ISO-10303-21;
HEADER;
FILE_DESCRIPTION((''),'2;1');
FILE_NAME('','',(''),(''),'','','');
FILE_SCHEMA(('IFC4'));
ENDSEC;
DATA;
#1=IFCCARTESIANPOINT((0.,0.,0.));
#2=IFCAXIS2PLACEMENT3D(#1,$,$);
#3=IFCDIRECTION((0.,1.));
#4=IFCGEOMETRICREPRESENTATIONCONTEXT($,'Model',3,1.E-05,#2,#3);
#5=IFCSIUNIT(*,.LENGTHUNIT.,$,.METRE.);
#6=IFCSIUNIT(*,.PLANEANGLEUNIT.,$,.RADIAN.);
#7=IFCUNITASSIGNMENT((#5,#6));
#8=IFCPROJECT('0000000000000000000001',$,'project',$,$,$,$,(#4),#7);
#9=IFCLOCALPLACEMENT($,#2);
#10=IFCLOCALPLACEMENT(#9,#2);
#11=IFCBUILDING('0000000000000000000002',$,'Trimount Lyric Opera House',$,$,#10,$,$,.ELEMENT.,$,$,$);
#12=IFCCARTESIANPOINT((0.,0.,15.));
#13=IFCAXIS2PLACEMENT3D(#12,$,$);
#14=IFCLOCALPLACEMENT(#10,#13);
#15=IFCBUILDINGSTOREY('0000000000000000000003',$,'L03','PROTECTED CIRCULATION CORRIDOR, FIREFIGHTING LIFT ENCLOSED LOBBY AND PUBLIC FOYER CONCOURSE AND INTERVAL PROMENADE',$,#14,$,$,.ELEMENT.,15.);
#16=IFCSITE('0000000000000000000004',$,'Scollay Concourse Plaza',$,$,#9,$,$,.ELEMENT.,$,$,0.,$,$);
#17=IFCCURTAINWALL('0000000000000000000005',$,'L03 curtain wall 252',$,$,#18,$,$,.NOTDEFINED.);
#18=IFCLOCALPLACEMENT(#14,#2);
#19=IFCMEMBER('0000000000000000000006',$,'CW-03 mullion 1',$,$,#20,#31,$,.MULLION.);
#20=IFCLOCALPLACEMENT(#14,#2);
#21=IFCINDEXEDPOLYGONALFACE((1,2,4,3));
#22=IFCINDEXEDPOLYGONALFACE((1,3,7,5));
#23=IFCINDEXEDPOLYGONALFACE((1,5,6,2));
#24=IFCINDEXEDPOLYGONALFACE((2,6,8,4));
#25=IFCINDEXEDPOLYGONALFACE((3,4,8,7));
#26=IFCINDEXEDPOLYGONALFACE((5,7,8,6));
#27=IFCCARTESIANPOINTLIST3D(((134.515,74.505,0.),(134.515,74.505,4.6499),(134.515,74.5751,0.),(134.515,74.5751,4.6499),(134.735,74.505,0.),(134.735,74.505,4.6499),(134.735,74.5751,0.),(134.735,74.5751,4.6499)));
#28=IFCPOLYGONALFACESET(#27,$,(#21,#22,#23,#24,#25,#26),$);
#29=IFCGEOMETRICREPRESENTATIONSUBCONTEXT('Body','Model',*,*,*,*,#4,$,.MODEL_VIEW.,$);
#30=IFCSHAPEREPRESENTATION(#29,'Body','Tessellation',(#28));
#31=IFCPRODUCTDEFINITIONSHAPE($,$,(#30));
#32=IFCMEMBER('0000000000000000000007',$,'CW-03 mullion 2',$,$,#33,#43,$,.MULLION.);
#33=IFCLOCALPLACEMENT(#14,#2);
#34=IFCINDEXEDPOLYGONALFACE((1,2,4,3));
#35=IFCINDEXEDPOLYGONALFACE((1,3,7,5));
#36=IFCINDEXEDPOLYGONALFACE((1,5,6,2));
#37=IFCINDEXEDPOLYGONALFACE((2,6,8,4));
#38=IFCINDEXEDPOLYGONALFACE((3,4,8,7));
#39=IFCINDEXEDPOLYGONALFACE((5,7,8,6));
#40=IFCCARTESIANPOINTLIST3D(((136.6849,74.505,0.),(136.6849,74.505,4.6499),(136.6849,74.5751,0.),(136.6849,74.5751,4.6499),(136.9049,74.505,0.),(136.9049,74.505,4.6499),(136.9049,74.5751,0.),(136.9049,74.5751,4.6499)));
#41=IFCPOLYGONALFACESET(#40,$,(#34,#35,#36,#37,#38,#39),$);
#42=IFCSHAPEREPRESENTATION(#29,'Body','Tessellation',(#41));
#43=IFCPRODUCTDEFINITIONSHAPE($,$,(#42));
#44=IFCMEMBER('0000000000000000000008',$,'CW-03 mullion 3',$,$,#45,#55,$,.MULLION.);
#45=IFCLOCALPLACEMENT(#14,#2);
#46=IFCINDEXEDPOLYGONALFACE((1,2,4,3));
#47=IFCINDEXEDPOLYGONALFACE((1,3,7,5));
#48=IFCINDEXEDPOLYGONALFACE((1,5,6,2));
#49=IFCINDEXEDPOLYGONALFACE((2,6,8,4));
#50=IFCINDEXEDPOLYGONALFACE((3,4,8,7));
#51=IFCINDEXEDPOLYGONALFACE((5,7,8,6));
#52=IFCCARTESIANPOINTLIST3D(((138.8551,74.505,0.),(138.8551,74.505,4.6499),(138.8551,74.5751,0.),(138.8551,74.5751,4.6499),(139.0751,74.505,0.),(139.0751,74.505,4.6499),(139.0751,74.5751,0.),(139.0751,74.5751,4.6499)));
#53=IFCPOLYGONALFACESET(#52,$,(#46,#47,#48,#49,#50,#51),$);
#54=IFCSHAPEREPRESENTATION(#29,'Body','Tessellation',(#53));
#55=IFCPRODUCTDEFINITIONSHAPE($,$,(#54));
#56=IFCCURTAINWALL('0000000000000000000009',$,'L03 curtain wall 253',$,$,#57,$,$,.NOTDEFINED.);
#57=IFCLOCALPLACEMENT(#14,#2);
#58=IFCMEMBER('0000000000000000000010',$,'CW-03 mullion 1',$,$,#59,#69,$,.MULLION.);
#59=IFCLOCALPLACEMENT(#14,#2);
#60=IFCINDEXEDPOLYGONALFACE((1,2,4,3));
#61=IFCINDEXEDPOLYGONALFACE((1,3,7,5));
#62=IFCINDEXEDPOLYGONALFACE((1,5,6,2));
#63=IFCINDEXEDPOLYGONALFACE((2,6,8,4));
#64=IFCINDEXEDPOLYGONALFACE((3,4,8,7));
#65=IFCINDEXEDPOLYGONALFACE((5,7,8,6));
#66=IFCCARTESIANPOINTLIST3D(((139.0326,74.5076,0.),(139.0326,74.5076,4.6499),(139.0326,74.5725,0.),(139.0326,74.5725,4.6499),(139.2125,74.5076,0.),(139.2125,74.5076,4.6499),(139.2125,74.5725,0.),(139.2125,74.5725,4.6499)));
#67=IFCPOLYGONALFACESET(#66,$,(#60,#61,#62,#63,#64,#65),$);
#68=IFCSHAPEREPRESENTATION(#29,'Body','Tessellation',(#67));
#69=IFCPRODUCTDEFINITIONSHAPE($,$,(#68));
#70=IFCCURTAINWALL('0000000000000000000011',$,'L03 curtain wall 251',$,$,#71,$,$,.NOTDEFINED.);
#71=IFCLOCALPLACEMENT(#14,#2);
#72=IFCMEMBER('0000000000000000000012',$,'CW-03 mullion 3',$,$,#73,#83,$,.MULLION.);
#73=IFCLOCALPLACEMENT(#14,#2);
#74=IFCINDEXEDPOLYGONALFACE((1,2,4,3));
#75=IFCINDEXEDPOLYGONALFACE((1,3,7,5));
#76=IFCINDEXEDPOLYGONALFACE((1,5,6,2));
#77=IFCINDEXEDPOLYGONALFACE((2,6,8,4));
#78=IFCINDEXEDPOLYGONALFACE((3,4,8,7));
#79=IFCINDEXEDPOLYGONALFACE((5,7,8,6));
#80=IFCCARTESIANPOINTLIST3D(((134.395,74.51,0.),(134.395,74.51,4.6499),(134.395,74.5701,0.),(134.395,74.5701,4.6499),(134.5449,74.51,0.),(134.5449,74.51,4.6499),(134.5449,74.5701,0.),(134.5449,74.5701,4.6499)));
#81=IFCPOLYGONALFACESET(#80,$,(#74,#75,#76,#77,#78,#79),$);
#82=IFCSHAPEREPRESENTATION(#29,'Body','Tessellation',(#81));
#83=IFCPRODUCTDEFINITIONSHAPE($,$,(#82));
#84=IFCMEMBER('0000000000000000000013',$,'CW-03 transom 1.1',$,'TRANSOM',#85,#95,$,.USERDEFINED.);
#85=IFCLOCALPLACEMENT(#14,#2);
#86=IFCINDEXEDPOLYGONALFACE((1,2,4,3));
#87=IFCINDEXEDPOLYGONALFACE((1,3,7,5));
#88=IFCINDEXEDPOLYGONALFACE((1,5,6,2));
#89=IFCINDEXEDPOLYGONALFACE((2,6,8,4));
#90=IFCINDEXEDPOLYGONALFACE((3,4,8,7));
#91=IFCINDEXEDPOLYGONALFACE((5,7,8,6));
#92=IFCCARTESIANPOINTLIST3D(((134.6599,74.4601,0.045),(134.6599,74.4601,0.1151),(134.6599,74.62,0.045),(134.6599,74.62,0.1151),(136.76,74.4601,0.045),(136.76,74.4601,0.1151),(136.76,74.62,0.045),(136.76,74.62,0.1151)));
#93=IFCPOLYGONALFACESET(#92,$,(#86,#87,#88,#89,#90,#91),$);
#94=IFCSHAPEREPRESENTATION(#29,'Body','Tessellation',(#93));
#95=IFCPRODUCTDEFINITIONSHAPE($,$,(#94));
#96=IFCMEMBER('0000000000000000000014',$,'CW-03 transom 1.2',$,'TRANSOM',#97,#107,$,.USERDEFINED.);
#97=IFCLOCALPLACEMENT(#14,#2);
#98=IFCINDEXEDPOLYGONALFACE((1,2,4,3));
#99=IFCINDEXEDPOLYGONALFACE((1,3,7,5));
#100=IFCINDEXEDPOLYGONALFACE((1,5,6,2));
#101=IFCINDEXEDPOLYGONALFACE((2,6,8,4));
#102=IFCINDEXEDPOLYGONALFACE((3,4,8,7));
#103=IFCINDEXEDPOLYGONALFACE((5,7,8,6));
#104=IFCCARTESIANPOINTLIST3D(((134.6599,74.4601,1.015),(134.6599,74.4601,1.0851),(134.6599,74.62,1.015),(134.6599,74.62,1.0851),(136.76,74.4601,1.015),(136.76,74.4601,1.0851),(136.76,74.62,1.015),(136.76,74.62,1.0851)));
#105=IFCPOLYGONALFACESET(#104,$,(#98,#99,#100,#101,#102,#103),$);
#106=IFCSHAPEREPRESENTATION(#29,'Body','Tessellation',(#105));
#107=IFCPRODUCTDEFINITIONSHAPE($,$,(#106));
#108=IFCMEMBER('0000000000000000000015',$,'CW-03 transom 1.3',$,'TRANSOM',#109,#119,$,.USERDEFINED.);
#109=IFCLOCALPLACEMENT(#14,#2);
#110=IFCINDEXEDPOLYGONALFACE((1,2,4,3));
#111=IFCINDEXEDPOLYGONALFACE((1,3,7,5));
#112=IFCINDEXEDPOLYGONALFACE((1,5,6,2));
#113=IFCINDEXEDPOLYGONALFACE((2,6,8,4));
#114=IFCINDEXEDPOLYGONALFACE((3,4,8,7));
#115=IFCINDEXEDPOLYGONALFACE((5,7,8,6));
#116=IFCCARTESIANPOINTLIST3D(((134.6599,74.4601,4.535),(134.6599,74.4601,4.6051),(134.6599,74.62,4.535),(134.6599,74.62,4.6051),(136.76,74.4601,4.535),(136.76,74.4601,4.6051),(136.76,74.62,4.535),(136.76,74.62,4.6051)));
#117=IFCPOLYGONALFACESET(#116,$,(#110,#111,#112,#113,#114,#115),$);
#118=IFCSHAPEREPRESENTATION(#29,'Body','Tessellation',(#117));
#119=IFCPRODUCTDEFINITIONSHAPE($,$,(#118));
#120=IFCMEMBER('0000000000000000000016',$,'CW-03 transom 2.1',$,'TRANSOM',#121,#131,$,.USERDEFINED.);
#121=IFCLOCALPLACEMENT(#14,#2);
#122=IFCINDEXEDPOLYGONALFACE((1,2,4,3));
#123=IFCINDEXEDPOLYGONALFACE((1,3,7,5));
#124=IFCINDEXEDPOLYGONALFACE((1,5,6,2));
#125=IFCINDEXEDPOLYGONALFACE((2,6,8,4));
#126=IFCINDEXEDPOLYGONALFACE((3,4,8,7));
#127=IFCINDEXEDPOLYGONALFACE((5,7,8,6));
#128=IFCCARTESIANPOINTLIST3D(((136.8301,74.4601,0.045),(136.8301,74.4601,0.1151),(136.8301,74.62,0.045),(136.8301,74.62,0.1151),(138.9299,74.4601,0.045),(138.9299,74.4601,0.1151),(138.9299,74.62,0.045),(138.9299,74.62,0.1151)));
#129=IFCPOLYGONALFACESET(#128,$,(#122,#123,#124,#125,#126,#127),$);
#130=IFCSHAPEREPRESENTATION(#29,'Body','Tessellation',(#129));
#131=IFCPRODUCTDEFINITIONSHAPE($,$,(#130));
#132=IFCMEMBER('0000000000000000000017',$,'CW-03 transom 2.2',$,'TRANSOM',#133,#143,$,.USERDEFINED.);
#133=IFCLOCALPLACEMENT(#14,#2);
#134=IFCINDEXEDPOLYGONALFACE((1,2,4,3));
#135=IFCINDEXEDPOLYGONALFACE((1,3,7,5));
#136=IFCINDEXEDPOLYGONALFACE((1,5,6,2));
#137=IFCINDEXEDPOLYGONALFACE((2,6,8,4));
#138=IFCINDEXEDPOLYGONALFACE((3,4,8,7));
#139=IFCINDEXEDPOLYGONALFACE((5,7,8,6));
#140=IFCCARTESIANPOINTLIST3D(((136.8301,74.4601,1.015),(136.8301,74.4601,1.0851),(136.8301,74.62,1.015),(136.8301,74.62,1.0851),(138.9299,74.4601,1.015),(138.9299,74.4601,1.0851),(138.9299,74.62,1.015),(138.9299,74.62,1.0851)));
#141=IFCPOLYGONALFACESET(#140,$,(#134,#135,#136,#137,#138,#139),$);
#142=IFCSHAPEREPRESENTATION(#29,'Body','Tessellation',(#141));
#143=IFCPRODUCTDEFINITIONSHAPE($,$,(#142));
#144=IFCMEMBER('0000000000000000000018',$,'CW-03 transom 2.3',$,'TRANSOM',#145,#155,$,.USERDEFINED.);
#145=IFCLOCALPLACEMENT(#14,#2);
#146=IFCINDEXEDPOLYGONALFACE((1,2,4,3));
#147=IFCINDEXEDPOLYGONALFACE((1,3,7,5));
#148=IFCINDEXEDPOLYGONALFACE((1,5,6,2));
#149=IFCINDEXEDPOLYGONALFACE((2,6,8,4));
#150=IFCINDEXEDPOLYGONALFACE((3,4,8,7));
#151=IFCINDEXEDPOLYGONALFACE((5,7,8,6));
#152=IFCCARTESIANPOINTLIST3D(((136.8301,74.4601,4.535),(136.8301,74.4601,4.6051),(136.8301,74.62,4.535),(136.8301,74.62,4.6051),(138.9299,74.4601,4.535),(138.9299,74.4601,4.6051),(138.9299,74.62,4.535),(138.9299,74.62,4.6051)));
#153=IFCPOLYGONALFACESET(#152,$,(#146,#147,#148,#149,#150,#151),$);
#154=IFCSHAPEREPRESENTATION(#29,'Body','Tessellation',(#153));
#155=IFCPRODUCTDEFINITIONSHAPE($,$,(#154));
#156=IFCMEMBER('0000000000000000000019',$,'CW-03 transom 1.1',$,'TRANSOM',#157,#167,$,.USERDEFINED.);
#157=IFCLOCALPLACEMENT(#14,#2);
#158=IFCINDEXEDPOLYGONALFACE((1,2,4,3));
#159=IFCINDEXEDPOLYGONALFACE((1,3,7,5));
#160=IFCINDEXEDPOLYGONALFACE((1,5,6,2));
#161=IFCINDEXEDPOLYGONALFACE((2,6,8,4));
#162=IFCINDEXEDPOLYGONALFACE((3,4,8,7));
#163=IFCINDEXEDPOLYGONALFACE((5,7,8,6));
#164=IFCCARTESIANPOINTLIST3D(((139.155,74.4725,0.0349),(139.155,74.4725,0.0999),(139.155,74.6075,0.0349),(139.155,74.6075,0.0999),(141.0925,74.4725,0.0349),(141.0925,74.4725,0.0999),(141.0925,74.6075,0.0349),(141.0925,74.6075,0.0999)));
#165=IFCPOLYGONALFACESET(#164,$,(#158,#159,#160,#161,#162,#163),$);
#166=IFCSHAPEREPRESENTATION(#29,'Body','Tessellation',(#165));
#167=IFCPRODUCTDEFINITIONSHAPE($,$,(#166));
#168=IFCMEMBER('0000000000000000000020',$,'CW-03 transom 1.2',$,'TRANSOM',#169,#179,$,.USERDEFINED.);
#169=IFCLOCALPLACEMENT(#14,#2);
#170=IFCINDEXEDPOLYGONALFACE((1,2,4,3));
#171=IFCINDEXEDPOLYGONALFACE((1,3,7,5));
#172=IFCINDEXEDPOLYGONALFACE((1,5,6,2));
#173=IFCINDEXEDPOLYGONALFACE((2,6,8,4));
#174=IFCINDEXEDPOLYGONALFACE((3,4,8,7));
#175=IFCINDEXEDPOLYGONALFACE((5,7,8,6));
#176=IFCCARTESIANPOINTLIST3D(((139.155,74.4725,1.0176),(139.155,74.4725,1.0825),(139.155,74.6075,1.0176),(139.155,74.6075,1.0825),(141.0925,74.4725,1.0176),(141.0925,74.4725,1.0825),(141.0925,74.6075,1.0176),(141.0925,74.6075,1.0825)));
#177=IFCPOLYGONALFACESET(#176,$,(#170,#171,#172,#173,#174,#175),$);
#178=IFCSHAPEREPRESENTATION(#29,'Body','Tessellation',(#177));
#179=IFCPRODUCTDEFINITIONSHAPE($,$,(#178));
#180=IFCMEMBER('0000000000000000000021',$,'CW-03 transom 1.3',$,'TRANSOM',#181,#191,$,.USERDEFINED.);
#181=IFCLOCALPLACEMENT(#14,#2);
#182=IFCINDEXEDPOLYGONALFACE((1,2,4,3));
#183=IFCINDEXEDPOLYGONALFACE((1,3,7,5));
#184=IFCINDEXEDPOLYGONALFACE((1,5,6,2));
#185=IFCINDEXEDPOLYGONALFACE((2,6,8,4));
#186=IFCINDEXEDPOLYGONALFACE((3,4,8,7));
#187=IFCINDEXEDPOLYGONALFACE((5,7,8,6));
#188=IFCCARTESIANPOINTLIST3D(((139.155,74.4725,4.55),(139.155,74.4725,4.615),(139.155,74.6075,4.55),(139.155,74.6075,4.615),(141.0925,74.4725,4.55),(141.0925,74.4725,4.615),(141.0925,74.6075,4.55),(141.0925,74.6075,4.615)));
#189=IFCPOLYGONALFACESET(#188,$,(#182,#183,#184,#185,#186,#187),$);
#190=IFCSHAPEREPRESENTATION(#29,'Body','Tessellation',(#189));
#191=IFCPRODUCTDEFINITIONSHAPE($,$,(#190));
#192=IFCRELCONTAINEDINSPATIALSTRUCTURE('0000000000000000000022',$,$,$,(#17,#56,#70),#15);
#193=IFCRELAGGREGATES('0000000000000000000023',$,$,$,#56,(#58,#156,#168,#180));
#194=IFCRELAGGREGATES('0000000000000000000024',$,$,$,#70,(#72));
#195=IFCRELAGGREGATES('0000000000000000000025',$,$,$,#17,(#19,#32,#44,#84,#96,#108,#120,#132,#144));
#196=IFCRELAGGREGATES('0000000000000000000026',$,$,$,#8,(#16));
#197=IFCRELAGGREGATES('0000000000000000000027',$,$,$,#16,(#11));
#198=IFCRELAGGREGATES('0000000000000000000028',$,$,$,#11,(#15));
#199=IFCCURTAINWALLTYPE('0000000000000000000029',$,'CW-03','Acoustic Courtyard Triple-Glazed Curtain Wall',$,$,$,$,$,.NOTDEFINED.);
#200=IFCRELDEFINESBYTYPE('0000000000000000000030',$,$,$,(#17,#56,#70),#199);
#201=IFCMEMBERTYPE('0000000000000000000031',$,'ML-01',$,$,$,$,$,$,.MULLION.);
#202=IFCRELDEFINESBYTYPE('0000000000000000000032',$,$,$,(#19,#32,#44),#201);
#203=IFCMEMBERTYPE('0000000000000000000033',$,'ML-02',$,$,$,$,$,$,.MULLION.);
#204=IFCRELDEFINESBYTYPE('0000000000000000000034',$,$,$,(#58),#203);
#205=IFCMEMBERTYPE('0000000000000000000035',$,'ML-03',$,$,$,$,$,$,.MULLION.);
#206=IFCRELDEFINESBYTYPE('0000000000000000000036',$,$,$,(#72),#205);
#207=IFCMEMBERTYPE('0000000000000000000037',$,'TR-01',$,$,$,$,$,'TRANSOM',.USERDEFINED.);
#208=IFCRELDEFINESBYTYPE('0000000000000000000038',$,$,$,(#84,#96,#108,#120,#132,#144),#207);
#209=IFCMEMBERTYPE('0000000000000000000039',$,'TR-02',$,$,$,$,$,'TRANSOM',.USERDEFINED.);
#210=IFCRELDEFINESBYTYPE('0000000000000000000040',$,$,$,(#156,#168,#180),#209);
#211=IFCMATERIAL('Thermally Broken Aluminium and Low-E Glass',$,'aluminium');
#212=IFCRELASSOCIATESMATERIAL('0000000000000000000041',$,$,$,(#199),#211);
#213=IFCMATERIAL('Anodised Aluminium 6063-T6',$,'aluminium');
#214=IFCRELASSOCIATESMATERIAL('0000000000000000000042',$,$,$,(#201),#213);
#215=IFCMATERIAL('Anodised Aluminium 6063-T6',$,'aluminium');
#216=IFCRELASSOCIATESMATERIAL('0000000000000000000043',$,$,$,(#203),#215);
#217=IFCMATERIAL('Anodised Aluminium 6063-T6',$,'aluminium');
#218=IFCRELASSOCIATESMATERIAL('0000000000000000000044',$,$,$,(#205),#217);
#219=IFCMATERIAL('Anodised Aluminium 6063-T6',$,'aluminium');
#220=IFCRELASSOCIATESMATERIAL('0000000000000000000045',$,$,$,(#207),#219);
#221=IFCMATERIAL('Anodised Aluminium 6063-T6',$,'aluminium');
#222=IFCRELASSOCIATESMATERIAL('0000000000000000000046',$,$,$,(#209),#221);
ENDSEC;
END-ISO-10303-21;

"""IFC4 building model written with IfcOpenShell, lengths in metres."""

from ifc_helpers import new_model, si_unit, direction, frame, origin, origin_2d, place, context, subcontext, project, spatial, rectangle, extrude, material, material_profile, profile_set, type_object, element, aggregate, save


model = new_model("IFC4")

# Units and contexts
model_context = context("Model", 3, precision=1e-05, world=origin(), true_north=direction((0.0, 1.0)))
body_context = subcontext(model_context, "Body", "Model", "MODEL_VIEW")
ifc_project = project(units=[si_unit("LENGTHUNIT", "METRE"), si_unit("PLANEANGLEUNIT", "RADIAN")], contexts=[model_context])

# Site, building, storey
site_placement = place(None, origin())
site = spatial("IfcSite", under=ifc_project, at=site_placement, Name="Scollay Concourse Plaza", CompositionType="ELEMENT", RefElevation=0.0)
building_placement = place(site_placement, origin())
building = spatial("IfcBuilding", under=site, at=building_placement, Name="Trimount Lyric Opera House", CompositionType="ELEMENT")
storey_placement = place(building_placement, frame((0.0, 0.0, 15.0)))
storey = spatial("IfcBuildingStorey", under=building, at=storey_placement, Name="L03", Description="PROTECTED CIRCULATION CORRIDOR, FIREFIGHTING LIFT ENCLOSED LOBBY AND PUBLIC FOYER CONCOURSE AND INTERVAL PROMENADE", CompositionType="ELEMENT", Elevation=15.0)

# Curtain wall, members
ifc_material_1 = material(Name="Thermally Broken Aluminium and Low-E Glass", Category="aluminium")
curtain_wall_type = type_object("IfcCurtainWallType", Name="CW-03", Description="Acoustic Courtyard Triple-Glazed Curtain Wall", PredefinedType="NOTDEFINED", material=ifc_material_1)
curtain_wall_1_placement = place(storey_placement, origin())
curtain_wall_1 = element("IfcCurtainWall", 1, at=curtain_wall_1_placement, inside=storey, type_object=curtain_wall_type, Name="L03 curtain wall 252", PredefinedType="NOTDEFINED")
ifc_material_2 = material(Name="Anodised Aluminium 6063-T6", Category="aluminium")
ifc_material_profile_1 = material_profile(ifc_material_2, rectangle(XDim=0.0701, YDim=0.22, at=origin_2d()), Name="ALU-MULL-70X220")
ifc_profile_set_1 = profile_set([ifc_material_profile_1], Name="Anodised Aluminium 6063-T6")
member_type_1 = type_object("IfcMemberType", Name="ML-01", PredefinedType="MULLION", material=ifc_profile_set_1)
member_1_placement = place(storey_placement, frame((134.625, 74.54, 0.0), z_axis=(0.0, 0.0, 1.0), x_axis=(0.0, 1.0, 0.0)))
member_1 = element("IfcMember", 2, at=member_1_placement, type_object=member_type_1, Name="CW-03 mullion 1", PredefinedType="MULLION", context=body_context, shape_type="SweptSolid", body=[
    extrude(rectangle(XDim=0.0701, YDim=0.22, at=origin_2d()), origin(), (0.0, 0.0, 1.0), 4.6499),
])
member_2_placement = place(storey_placement, frame((136.7949, 74.54, 0.0), z_axis=(0.0, 0.0, 1.0), x_axis=(0.0, 1.0, 0.0)))
member_2 = element("IfcMember", 3, at=member_2_placement, type_object=member_type_1, Name="CW-03 mullion 2", PredefinedType="MULLION", context=body_context, shape_type="SweptSolid", body=[
    extrude(rectangle(XDim=0.0701, YDim=0.22, at=origin_2d()), origin(), (0.0, 0.0, 1.0), 4.6499),
])
member_3_placement = place(storey_placement, frame((138.9651, 74.54, 0.0), z_axis=(0.0, 0.0, 1.0), x_axis=(0.0, 1.0, 0.0)))
member_3 = element("IfcMember", 4, at=member_3_placement, type_object=member_type_1, Name="CW-03 mullion 3", PredefinedType="MULLION", context=body_context, shape_type="SweptSolid", body=[
    extrude(rectangle(XDim=0.0701, YDim=0.22, at=origin_2d()), origin(), (0.0, 0.0, 1.0), 4.6499),
])

# Curtain walls, members
curtain_wall_2_placement = place(storey_placement, origin())
curtain_wall_2 = element("IfcCurtainWall", 5, at=curtain_wall_2_placement, inside=storey, type_object=curtain_wall_type, Name="L03 curtain wall 253", PredefinedType="NOTDEFINED")
ifc_material_3 = material(Name="Anodised Aluminium 6063-T6", Category="aluminium")
ifc_material_profile_2 = material_profile(ifc_material_3, rectangle(XDim=0.0649, YDim=0.1799, at=origin_2d()), Name="ALU-MULL-65X180")
ifc_profile_set_2 = profile_set([ifc_material_profile_2], Name="Anodised Aluminium 6063-T6")
member_type_2 = type_object("IfcMemberType", Name="ML-02", PredefinedType="MULLION", material=ifc_profile_set_2)
member_4_placement = place(storey_placement, frame((139.1226, 74.54, 0.0), z_axis=(0.0, 0.0, 1.0), x_axis=(0.0, 1.0, 0.0)))
member_4 = element("IfcMember", 6, at=member_4_placement, type_object=member_type_2, Name="CW-03 mullion 1", PredefinedType="MULLION", context=body_context, shape_type="SweptSolid", body=[
    extrude(rectangle(XDim=0.0649, YDim=0.1799, at=origin_2d()), origin(), (0.0, 0.0, 1.0), 4.6499),
])
curtain_wall_3_placement = place(storey_placement, origin())
curtain_wall_3 = element("IfcCurtainWall", 7, at=curtain_wall_3_placement, inside=storey, type_object=curtain_wall_type, Name="L03 curtain wall 251", PredefinedType="NOTDEFINED")
ifc_material_4 = material(Name="Anodised Aluminium 6063-T6", Category="aluminium")
ifc_material_profile_3 = material_profile(ifc_material_4, rectangle(XDim=0.0601, YDim=0.1499, at=origin_2d()), Name="ALU-MULL-60X150")
ifc_profile_set_3 = profile_set([ifc_material_profile_3], Name="Anodised Aluminium 6063-T6")
member_type_3 = type_object("IfcMemberType", Name="ML-03", PredefinedType="MULLION", material=ifc_profile_set_3)
member_5_placement = place(storey_placement, frame((134.47, 74.54, 0.0), z_axis=(0.0, 0.0, 1.0), x_axis=(0.0, 1.0, 0.0)))
member_5 = element("IfcMember", 8, at=member_5_placement, type_object=member_type_3, Name="CW-03 mullion 3", PredefinedType="MULLION", context=body_context, shape_type="SweptSolid", body=[
    extrude(rectangle(XDim=0.0601, YDim=0.1499, at=origin_2d()), origin(), (0.0, 0.0, 1.0), 4.6499),
])

# Members
ifc_material_5 = material(Name="Anodised Aluminium 6063-T6", Category="aluminium")
ifc_material_profile_4 = material_profile(ifc_material_5, rectangle(XDim=0.1599, YDim=0.0701, at=origin_2d()), Name="ALU-TRAN-70X160")
ifc_profile_set_4 = profile_set([ifc_material_profile_4], Name="Anodised Aluminium 6063-T6")
member_type_4 = type_object("IfcMemberType", Name="TR-01", ElementType="TRANSOM", PredefinedType="USERDEFINED", material=ifc_profile_set_4)
member_6_placement = place(storey_placement, frame((134.6599, 74.54, 0.0801), z_axis=(1.0, 0.0, 0.0), x_axis=(0.0, 1.0, 0.0)))
member_6 = element("IfcMember", 9, at=member_6_placement, type_object=member_type_4, Name="CW-03 transom 1.1", ObjectType="TRANSOM", PredefinedType="USERDEFINED", context=body_context, shape_type="SweptSolid", body=[
    extrude(rectangle(XDim=0.1599, YDim=0.0701, at=origin_2d()), origin(), (0.0, 0.0, 1.0), 2.1001),
])
member_7_placement = place(storey_placement, frame((134.6599, 74.54, 1.05), z_axis=(1.0, 0.0, 0.0), x_axis=(0.0, 1.0, 0.0)))
member_7 = element("IfcMember", 10, at=member_7_placement, type_object=member_type_4, Name="CW-03 transom 1.2", ObjectType="TRANSOM", PredefinedType="USERDEFINED", context=body_context, shape_type="SweptSolid", body=[
    extrude(rectangle(XDim=0.1599, YDim=0.0701, at=origin_2d()), origin(), (0.0, 0.0, 1.0), 2.1001),
])
member_8_placement = place(storey_placement, frame((134.6599, 74.54, 4.5701), z_axis=(1.0, 0.0, 0.0), x_axis=(0.0, 1.0, 0.0)))
member_8 = element("IfcMember", 11, at=member_8_placement, type_object=member_type_4, Name="CW-03 transom 1.3", ObjectType="TRANSOM", PredefinedType="USERDEFINED", context=body_context, shape_type="SweptSolid", body=[
    extrude(rectangle(XDim=0.1599, YDim=0.0701, at=origin_2d()), origin(), (0.0, 0.0, 1.0), 2.1001),
])
member_9_placement = place(storey_placement, frame((136.8301, 74.54, 0.0801), z_axis=(1.0, 0.0, 0.0), x_axis=(0.0, 1.0, 0.0)))
member_9 = element("IfcMember", 12, at=member_9_placement, type_object=member_type_4, Name="CW-03 transom 2.1", ObjectType="TRANSOM", PredefinedType="USERDEFINED", context=body_context, shape_type="SweptSolid", body=[
    extrude(rectangle(XDim=0.1599, YDim=0.0701, at=origin_2d()), origin(), (0.0, 0.0, 1.0), 2.0999),
])
member_10_placement = place(storey_placement, frame((136.8301, 74.54, 1.05), z_axis=(1.0, 0.0, 0.0), x_axis=(0.0, 1.0, 0.0)))
member_10 = element("IfcMember", 13, at=member_10_placement, type_object=member_type_4, Name="CW-03 transom 2.2", ObjectType="TRANSOM", PredefinedType="USERDEFINED", context=body_context, shape_type="SweptSolid", body=[
    extrude(rectangle(XDim=0.1599, YDim=0.0701, at=origin_2d()), origin(), (0.0, 0.0, 1.0), 2.0999),
])
member_11_placement = place(storey_placement, frame((136.8301, 74.54, 4.5701), z_axis=(1.0, 0.0, 0.0), x_axis=(0.0, 1.0, 0.0)))
member_11 = element("IfcMember", 14, at=member_11_placement, type_object=member_type_4, Name="CW-03 transom 2.3", ObjectType="TRANSOM", PredefinedType="USERDEFINED", context=body_context, shape_type="SweptSolid", body=[
    extrude(rectangle(XDim=0.1599, YDim=0.0701, at=origin_2d()), origin(), (0.0, 0.0, 1.0), 2.0999),
])
ifc_material_6 = material(Name="Anodised Aluminium 6063-T6", Category="aluminium")
ifc_material_profile_5 = material_profile(ifc_material_6, rectangle(XDim=0.135, YDim=0.0649, at=origin_2d()), Name="ALU-TRAN-65X135")
ifc_profile_set_5 = profile_set([ifc_material_profile_5], Name="Anodised Aluminium 6063-T6")
member_type_5 = type_object("IfcMemberType", Name="TR-02", ElementType="TRANSOM", PredefinedType="USERDEFINED", material=ifc_profile_set_5)
member_12_placement = place(storey_placement, frame((139.155, 74.54, 0.0674), z_axis=(1.0, 0.0, 0.0), x_axis=(0.0, 1.0, 0.0)))
member_12 = element("IfcMember", 15, at=member_12_placement, type_object=member_type_5, Name="CW-03 transom 1.1", ObjectType="TRANSOM", PredefinedType="USERDEFINED", context=body_context, shape_type="SweptSolid", body=[
    extrude(rectangle(XDim=0.135, YDim=0.0649, at=origin_2d()), origin(), (0.0, 0.0, 1.0), 1.9375),
])
member_13_placement = place(storey_placement, frame((139.155, 74.54, 1.05), z_axis=(1.0, 0.0, 0.0), x_axis=(0.0, 1.0, 0.0)))
member_13 = element("IfcMember", 16, at=member_13_placement, type_object=member_type_5, Name="CW-03 transom 1.2", ObjectType="TRANSOM", PredefinedType="USERDEFINED", context=body_context, shape_type="SweptSolid", body=[
    extrude(rectangle(XDim=0.135, YDim=0.0649, at=origin_2d()), origin(), (0.0, 0.0, 1.0), 1.9375),
])
member_14_placement = place(storey_placement, frame((139.155, 74.54, 4.5825), z_axis=(1.0, 0.0, 0.0), x_axis=(0.0, 1.0, 0.0)))
member_14 = element("IfcMember", 17, at=member_14_placement, type_object=member_type_5, Name="CW-03 transom 1.3", ObjectType="TRANSOM", PredefinedType="USERDEFINED", context=body_context, shape_type="SweptSolid", body=[
    extrude(rectangle(XDim=0.135, YDim=0.0649, at=origin_2d()), origin(), (0.0, 0.0, 1.0), 1.9375),
])

aggregate(curtain_wall_2, [member_4, member_12, member_13, member_14])
aggregate(curtain_wall_3, [member_5])
aggregate(curtain_wall_1, [member_1, member_2, member_3, member_6, member_7, member_8, member_9, member_10, member_11])

save(model, "model.ifc")
